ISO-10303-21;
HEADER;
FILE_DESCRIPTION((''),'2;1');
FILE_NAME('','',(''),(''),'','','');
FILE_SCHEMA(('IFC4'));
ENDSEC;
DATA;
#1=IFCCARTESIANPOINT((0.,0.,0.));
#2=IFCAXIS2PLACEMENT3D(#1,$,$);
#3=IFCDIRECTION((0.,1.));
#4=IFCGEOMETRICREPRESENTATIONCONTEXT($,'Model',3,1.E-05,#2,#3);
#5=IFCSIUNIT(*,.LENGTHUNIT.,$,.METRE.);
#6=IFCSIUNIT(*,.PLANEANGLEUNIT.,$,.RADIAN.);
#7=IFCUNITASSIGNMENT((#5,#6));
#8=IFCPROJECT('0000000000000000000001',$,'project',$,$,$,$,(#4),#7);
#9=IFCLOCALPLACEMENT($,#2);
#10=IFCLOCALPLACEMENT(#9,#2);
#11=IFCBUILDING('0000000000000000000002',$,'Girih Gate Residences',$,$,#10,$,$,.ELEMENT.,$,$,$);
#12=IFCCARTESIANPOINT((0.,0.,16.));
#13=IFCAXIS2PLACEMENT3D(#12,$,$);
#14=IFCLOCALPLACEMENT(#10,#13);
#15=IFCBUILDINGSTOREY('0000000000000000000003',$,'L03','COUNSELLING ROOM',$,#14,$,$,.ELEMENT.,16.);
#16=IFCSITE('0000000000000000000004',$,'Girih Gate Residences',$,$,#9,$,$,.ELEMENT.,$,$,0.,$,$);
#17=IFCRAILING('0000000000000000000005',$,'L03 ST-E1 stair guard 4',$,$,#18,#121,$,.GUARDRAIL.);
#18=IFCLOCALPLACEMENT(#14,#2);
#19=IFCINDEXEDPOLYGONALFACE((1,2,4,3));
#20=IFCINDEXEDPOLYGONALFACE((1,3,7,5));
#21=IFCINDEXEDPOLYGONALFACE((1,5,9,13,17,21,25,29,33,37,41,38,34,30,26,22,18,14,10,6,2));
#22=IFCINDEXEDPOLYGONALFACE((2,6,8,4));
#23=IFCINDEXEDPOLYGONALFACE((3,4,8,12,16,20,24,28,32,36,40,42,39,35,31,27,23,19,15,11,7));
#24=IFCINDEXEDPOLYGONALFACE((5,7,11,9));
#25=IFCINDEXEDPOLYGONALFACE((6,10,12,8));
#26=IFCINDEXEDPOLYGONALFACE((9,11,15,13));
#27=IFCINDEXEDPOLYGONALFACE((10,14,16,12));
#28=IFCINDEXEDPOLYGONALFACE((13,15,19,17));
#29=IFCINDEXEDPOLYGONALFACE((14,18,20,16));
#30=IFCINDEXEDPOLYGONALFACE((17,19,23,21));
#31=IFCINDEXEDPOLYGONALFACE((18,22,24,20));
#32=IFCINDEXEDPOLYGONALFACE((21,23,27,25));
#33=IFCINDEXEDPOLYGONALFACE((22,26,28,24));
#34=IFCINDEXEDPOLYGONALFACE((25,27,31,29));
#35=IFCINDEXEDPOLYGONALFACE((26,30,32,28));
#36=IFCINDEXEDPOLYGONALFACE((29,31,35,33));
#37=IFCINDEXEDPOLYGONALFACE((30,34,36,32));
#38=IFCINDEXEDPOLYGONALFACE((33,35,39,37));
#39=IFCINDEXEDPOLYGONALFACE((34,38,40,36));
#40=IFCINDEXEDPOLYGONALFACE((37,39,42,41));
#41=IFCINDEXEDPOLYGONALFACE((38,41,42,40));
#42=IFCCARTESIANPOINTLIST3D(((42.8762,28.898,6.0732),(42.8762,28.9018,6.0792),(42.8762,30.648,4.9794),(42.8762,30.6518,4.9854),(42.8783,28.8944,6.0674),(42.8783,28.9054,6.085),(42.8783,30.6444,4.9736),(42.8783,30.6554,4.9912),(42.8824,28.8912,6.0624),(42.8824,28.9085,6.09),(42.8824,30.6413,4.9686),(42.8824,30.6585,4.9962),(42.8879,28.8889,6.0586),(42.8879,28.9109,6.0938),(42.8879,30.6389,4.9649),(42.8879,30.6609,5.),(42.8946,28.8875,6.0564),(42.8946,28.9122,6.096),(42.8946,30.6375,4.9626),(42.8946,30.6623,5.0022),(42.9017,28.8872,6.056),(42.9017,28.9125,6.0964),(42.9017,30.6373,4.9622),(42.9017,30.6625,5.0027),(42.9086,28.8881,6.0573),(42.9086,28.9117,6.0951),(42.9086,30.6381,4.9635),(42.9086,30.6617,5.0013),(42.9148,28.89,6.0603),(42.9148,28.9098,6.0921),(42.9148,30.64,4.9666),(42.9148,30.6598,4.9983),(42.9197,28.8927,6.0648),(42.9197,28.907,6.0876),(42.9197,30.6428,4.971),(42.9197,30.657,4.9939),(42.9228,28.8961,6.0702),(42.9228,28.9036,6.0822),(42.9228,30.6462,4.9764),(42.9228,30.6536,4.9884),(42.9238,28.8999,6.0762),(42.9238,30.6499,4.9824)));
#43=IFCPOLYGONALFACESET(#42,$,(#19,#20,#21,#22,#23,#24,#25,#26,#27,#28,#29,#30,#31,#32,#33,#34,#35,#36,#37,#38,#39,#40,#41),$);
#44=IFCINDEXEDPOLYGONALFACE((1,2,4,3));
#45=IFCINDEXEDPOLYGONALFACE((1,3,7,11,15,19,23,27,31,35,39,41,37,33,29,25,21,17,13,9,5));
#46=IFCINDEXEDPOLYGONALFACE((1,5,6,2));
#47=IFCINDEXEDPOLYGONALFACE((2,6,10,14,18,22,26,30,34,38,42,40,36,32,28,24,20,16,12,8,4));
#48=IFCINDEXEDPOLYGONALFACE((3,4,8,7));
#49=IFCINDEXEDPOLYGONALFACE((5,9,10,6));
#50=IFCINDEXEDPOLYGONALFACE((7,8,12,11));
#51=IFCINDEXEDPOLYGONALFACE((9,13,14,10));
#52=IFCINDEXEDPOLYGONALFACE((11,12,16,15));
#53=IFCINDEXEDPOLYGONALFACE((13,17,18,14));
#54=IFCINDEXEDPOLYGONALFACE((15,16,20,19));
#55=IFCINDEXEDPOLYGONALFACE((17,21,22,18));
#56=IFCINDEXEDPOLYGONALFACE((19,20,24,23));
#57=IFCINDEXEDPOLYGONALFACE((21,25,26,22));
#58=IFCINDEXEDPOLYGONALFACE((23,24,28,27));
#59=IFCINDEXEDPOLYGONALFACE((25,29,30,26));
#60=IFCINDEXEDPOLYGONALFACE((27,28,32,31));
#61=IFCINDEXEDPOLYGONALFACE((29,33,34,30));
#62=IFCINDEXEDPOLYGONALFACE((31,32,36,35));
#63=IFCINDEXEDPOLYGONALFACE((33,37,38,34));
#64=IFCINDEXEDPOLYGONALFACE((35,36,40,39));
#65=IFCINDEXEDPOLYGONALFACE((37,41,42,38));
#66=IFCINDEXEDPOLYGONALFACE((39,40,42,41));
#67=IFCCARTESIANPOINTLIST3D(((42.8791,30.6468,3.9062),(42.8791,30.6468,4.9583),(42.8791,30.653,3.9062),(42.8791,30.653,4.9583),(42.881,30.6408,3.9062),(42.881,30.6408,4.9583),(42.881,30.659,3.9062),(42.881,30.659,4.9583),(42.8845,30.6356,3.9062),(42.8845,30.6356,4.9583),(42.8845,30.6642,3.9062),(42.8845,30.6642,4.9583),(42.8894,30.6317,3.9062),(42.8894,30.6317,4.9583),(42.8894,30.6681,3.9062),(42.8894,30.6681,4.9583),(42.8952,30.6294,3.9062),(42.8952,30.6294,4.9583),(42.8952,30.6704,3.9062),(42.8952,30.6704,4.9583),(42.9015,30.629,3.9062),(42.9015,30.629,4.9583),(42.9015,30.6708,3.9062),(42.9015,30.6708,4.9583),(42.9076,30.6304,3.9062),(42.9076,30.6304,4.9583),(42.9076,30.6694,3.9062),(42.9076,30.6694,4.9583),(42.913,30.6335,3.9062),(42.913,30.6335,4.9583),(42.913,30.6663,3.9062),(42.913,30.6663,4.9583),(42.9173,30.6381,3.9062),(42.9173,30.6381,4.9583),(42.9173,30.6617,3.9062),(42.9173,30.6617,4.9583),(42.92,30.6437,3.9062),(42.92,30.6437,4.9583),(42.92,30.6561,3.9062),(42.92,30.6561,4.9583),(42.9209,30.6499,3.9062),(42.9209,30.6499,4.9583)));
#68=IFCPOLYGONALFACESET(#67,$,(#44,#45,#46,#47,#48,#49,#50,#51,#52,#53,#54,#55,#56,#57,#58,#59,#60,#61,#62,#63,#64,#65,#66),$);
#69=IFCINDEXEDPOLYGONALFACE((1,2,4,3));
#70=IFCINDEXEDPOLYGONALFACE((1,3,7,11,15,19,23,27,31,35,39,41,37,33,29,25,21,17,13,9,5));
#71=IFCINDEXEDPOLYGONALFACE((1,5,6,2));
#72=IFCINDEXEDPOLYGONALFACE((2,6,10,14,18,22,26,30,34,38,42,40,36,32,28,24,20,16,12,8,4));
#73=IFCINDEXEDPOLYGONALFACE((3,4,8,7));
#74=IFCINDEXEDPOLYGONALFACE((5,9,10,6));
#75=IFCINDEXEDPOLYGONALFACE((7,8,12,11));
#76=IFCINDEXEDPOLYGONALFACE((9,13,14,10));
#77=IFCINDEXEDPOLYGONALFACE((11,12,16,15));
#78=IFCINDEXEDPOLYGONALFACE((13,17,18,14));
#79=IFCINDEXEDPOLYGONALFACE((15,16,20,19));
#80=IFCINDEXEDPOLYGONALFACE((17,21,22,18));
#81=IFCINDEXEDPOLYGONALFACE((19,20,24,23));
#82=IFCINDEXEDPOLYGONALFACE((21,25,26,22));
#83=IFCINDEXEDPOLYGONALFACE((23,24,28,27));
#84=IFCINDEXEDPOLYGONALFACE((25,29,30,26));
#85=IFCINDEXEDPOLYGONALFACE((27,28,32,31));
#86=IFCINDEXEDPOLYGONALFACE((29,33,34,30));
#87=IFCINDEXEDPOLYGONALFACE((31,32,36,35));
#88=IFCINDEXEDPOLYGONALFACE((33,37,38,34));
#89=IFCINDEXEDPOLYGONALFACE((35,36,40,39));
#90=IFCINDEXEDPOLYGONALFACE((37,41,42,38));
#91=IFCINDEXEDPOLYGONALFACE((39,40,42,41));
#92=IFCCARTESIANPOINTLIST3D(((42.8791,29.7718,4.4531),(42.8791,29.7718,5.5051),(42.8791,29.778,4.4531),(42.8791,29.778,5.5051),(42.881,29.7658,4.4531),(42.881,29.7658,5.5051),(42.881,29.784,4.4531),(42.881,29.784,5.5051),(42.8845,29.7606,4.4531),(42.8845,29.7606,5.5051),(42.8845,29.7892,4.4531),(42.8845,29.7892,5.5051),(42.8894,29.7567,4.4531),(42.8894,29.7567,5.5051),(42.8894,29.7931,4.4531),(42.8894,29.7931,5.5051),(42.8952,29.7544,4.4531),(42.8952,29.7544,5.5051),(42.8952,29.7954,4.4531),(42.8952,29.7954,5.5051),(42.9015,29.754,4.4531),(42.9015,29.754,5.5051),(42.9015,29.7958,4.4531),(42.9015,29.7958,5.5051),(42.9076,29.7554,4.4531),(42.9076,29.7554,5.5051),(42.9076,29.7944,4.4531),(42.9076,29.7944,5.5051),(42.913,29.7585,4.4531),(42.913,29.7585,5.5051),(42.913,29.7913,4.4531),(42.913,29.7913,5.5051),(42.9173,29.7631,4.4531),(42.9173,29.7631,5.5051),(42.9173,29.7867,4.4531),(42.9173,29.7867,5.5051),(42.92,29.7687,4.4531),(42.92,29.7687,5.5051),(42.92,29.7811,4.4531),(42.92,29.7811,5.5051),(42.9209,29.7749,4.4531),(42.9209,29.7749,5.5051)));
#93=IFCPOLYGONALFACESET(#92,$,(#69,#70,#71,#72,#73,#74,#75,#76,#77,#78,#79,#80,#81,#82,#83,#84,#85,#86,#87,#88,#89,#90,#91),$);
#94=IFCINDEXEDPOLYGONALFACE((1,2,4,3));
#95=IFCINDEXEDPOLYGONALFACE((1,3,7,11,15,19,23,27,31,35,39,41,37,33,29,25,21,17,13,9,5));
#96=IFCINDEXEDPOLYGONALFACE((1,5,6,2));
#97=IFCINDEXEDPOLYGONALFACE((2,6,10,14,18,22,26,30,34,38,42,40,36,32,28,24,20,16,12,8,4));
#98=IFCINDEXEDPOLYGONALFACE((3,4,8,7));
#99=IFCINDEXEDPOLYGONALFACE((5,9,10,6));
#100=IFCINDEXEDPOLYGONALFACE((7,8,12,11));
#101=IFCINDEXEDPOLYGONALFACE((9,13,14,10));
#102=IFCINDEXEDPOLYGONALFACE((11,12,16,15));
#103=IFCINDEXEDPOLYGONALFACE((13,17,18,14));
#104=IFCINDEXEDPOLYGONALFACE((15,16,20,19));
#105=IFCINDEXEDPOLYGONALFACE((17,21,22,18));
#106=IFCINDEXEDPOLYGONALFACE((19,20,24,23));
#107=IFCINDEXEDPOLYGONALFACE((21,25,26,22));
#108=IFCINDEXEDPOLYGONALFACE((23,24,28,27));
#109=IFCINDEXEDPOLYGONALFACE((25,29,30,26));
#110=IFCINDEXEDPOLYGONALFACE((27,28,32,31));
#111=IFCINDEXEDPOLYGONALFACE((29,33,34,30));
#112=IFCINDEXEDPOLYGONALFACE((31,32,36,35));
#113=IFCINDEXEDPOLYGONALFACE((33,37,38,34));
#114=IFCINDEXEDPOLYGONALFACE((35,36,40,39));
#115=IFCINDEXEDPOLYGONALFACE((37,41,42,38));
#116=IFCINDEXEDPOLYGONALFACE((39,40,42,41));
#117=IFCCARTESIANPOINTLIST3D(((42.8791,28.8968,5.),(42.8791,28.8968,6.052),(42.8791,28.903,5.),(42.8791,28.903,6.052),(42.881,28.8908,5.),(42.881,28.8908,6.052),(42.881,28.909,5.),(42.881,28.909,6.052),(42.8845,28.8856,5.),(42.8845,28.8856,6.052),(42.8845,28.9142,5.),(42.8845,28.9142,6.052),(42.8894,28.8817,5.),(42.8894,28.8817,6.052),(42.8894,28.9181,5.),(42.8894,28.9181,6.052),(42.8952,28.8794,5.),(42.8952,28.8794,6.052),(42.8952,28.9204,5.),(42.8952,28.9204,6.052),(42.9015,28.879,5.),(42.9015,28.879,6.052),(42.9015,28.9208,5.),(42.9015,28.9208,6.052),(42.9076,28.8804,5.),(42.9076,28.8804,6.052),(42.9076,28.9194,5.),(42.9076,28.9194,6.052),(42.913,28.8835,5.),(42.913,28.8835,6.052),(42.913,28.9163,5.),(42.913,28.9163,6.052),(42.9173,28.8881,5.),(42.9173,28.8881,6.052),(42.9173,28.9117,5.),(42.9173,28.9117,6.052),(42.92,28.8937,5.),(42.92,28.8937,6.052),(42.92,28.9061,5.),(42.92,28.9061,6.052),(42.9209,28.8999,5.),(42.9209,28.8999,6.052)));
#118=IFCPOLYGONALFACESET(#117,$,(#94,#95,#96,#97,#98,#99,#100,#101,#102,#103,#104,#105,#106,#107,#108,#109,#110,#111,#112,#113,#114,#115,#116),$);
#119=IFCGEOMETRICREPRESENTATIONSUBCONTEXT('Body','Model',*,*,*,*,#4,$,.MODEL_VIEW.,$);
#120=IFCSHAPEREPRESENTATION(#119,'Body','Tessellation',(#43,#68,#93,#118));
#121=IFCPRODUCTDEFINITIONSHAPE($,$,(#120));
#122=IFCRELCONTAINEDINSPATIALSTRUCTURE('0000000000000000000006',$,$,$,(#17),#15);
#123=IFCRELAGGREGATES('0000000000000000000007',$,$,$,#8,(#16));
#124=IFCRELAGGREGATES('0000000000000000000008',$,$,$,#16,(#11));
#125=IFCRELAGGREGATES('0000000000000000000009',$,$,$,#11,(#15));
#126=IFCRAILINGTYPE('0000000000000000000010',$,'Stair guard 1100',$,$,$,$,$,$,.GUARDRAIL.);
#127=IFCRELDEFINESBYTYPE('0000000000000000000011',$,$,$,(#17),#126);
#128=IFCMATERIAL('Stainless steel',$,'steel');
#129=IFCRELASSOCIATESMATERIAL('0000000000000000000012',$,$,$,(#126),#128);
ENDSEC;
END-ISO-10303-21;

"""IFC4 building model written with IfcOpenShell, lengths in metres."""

from ifc_helpers import new_model, si_unit, direction, frame, origin, origin_2d, place, context, subcontext, project, spatial, circle, extrude, material, type_object, element, save


model = new_model("IFC4")

# Units and contexts
model_context = context("Model", 3, precision=1e-05, world=origin(), true_north=direction((0.0, 1.0)))
body_context = subcontext(model_context, "Body", "Model", "MODEL_VIEW")
ifc_project = project(units=[si_unit("LENGTHUNIT", "METRE"), si_unit("PLANEANGLEUNIT", "RADIAN")], contexts=[model_context])

# Site, building, storey
site_placement = place(None, origin())
site = spatial("IfcSite", under=ifc_project, at=site_placement, Name="Girih Gate Residences", CompositionType="ELEMENT", RefElevation=0.0)
building_placement = place(site_placement, origin())
building = spatial("IfcBuilding", under=site, at=building_placement, Name="Girih Gate Residences", CompositionType="ELEMENT")
storey_placement = place(building_placement, frame((0.0, 0.0, 16.0)))
storey = spatial("IfcBuildingStorey", under=building, at=storey_placement, Name="L03", Description="COUNSELLING ROOM", CompositionType="ELEMENT", Elevation=16.0)

# Railing
ifc_material_1 = material(Name="Stainless steel", Category="steel")
railing_type_1 = type_object("IfcRailingType", Name="Stair guard 1100", PredefinedType="GUARDRAIL", material=ifc_material_1)
railing_1_placement = place(storey_placement, frame((42.8999, 30.6499, 3.9062)))
element("IfcRailing", 1, at=railing_1_placement, inside=storey, type_object=railing_type_1, Name="L03 ST-E1 stair guard 4", PredefinedType="GUARDRAIL", context=body_context, shape_type="SweptSolid", body=[
    extrude(circle(Radius=0.0239, at=origin_2d()), frame((0.0, 0.0, 1.0762), z_axis=(0.0, -0.847998, 0.529999), x_axis=(1.0, 0.0, 0.0)), (0.0, 0.0, 1.0), 2.0637),
    extrude(circle(Radius=0.021, at=origin_2d()), origin(), (0.0, 0.0, 1.0), 1.052),
    extrude(circle(Radius=0.021, at=origin_2d()), frame((0.0, -0.875, 0.5469)), (0.0, 0.0, 1.0), 1.052),
    extrude(circle(Radius=0.021, at=origin_2d()), frame((0.0, -1.75, 1.0938)), (0.0, 0.0, 1.0), 1.052),
])

save(model, "model.ifc")
